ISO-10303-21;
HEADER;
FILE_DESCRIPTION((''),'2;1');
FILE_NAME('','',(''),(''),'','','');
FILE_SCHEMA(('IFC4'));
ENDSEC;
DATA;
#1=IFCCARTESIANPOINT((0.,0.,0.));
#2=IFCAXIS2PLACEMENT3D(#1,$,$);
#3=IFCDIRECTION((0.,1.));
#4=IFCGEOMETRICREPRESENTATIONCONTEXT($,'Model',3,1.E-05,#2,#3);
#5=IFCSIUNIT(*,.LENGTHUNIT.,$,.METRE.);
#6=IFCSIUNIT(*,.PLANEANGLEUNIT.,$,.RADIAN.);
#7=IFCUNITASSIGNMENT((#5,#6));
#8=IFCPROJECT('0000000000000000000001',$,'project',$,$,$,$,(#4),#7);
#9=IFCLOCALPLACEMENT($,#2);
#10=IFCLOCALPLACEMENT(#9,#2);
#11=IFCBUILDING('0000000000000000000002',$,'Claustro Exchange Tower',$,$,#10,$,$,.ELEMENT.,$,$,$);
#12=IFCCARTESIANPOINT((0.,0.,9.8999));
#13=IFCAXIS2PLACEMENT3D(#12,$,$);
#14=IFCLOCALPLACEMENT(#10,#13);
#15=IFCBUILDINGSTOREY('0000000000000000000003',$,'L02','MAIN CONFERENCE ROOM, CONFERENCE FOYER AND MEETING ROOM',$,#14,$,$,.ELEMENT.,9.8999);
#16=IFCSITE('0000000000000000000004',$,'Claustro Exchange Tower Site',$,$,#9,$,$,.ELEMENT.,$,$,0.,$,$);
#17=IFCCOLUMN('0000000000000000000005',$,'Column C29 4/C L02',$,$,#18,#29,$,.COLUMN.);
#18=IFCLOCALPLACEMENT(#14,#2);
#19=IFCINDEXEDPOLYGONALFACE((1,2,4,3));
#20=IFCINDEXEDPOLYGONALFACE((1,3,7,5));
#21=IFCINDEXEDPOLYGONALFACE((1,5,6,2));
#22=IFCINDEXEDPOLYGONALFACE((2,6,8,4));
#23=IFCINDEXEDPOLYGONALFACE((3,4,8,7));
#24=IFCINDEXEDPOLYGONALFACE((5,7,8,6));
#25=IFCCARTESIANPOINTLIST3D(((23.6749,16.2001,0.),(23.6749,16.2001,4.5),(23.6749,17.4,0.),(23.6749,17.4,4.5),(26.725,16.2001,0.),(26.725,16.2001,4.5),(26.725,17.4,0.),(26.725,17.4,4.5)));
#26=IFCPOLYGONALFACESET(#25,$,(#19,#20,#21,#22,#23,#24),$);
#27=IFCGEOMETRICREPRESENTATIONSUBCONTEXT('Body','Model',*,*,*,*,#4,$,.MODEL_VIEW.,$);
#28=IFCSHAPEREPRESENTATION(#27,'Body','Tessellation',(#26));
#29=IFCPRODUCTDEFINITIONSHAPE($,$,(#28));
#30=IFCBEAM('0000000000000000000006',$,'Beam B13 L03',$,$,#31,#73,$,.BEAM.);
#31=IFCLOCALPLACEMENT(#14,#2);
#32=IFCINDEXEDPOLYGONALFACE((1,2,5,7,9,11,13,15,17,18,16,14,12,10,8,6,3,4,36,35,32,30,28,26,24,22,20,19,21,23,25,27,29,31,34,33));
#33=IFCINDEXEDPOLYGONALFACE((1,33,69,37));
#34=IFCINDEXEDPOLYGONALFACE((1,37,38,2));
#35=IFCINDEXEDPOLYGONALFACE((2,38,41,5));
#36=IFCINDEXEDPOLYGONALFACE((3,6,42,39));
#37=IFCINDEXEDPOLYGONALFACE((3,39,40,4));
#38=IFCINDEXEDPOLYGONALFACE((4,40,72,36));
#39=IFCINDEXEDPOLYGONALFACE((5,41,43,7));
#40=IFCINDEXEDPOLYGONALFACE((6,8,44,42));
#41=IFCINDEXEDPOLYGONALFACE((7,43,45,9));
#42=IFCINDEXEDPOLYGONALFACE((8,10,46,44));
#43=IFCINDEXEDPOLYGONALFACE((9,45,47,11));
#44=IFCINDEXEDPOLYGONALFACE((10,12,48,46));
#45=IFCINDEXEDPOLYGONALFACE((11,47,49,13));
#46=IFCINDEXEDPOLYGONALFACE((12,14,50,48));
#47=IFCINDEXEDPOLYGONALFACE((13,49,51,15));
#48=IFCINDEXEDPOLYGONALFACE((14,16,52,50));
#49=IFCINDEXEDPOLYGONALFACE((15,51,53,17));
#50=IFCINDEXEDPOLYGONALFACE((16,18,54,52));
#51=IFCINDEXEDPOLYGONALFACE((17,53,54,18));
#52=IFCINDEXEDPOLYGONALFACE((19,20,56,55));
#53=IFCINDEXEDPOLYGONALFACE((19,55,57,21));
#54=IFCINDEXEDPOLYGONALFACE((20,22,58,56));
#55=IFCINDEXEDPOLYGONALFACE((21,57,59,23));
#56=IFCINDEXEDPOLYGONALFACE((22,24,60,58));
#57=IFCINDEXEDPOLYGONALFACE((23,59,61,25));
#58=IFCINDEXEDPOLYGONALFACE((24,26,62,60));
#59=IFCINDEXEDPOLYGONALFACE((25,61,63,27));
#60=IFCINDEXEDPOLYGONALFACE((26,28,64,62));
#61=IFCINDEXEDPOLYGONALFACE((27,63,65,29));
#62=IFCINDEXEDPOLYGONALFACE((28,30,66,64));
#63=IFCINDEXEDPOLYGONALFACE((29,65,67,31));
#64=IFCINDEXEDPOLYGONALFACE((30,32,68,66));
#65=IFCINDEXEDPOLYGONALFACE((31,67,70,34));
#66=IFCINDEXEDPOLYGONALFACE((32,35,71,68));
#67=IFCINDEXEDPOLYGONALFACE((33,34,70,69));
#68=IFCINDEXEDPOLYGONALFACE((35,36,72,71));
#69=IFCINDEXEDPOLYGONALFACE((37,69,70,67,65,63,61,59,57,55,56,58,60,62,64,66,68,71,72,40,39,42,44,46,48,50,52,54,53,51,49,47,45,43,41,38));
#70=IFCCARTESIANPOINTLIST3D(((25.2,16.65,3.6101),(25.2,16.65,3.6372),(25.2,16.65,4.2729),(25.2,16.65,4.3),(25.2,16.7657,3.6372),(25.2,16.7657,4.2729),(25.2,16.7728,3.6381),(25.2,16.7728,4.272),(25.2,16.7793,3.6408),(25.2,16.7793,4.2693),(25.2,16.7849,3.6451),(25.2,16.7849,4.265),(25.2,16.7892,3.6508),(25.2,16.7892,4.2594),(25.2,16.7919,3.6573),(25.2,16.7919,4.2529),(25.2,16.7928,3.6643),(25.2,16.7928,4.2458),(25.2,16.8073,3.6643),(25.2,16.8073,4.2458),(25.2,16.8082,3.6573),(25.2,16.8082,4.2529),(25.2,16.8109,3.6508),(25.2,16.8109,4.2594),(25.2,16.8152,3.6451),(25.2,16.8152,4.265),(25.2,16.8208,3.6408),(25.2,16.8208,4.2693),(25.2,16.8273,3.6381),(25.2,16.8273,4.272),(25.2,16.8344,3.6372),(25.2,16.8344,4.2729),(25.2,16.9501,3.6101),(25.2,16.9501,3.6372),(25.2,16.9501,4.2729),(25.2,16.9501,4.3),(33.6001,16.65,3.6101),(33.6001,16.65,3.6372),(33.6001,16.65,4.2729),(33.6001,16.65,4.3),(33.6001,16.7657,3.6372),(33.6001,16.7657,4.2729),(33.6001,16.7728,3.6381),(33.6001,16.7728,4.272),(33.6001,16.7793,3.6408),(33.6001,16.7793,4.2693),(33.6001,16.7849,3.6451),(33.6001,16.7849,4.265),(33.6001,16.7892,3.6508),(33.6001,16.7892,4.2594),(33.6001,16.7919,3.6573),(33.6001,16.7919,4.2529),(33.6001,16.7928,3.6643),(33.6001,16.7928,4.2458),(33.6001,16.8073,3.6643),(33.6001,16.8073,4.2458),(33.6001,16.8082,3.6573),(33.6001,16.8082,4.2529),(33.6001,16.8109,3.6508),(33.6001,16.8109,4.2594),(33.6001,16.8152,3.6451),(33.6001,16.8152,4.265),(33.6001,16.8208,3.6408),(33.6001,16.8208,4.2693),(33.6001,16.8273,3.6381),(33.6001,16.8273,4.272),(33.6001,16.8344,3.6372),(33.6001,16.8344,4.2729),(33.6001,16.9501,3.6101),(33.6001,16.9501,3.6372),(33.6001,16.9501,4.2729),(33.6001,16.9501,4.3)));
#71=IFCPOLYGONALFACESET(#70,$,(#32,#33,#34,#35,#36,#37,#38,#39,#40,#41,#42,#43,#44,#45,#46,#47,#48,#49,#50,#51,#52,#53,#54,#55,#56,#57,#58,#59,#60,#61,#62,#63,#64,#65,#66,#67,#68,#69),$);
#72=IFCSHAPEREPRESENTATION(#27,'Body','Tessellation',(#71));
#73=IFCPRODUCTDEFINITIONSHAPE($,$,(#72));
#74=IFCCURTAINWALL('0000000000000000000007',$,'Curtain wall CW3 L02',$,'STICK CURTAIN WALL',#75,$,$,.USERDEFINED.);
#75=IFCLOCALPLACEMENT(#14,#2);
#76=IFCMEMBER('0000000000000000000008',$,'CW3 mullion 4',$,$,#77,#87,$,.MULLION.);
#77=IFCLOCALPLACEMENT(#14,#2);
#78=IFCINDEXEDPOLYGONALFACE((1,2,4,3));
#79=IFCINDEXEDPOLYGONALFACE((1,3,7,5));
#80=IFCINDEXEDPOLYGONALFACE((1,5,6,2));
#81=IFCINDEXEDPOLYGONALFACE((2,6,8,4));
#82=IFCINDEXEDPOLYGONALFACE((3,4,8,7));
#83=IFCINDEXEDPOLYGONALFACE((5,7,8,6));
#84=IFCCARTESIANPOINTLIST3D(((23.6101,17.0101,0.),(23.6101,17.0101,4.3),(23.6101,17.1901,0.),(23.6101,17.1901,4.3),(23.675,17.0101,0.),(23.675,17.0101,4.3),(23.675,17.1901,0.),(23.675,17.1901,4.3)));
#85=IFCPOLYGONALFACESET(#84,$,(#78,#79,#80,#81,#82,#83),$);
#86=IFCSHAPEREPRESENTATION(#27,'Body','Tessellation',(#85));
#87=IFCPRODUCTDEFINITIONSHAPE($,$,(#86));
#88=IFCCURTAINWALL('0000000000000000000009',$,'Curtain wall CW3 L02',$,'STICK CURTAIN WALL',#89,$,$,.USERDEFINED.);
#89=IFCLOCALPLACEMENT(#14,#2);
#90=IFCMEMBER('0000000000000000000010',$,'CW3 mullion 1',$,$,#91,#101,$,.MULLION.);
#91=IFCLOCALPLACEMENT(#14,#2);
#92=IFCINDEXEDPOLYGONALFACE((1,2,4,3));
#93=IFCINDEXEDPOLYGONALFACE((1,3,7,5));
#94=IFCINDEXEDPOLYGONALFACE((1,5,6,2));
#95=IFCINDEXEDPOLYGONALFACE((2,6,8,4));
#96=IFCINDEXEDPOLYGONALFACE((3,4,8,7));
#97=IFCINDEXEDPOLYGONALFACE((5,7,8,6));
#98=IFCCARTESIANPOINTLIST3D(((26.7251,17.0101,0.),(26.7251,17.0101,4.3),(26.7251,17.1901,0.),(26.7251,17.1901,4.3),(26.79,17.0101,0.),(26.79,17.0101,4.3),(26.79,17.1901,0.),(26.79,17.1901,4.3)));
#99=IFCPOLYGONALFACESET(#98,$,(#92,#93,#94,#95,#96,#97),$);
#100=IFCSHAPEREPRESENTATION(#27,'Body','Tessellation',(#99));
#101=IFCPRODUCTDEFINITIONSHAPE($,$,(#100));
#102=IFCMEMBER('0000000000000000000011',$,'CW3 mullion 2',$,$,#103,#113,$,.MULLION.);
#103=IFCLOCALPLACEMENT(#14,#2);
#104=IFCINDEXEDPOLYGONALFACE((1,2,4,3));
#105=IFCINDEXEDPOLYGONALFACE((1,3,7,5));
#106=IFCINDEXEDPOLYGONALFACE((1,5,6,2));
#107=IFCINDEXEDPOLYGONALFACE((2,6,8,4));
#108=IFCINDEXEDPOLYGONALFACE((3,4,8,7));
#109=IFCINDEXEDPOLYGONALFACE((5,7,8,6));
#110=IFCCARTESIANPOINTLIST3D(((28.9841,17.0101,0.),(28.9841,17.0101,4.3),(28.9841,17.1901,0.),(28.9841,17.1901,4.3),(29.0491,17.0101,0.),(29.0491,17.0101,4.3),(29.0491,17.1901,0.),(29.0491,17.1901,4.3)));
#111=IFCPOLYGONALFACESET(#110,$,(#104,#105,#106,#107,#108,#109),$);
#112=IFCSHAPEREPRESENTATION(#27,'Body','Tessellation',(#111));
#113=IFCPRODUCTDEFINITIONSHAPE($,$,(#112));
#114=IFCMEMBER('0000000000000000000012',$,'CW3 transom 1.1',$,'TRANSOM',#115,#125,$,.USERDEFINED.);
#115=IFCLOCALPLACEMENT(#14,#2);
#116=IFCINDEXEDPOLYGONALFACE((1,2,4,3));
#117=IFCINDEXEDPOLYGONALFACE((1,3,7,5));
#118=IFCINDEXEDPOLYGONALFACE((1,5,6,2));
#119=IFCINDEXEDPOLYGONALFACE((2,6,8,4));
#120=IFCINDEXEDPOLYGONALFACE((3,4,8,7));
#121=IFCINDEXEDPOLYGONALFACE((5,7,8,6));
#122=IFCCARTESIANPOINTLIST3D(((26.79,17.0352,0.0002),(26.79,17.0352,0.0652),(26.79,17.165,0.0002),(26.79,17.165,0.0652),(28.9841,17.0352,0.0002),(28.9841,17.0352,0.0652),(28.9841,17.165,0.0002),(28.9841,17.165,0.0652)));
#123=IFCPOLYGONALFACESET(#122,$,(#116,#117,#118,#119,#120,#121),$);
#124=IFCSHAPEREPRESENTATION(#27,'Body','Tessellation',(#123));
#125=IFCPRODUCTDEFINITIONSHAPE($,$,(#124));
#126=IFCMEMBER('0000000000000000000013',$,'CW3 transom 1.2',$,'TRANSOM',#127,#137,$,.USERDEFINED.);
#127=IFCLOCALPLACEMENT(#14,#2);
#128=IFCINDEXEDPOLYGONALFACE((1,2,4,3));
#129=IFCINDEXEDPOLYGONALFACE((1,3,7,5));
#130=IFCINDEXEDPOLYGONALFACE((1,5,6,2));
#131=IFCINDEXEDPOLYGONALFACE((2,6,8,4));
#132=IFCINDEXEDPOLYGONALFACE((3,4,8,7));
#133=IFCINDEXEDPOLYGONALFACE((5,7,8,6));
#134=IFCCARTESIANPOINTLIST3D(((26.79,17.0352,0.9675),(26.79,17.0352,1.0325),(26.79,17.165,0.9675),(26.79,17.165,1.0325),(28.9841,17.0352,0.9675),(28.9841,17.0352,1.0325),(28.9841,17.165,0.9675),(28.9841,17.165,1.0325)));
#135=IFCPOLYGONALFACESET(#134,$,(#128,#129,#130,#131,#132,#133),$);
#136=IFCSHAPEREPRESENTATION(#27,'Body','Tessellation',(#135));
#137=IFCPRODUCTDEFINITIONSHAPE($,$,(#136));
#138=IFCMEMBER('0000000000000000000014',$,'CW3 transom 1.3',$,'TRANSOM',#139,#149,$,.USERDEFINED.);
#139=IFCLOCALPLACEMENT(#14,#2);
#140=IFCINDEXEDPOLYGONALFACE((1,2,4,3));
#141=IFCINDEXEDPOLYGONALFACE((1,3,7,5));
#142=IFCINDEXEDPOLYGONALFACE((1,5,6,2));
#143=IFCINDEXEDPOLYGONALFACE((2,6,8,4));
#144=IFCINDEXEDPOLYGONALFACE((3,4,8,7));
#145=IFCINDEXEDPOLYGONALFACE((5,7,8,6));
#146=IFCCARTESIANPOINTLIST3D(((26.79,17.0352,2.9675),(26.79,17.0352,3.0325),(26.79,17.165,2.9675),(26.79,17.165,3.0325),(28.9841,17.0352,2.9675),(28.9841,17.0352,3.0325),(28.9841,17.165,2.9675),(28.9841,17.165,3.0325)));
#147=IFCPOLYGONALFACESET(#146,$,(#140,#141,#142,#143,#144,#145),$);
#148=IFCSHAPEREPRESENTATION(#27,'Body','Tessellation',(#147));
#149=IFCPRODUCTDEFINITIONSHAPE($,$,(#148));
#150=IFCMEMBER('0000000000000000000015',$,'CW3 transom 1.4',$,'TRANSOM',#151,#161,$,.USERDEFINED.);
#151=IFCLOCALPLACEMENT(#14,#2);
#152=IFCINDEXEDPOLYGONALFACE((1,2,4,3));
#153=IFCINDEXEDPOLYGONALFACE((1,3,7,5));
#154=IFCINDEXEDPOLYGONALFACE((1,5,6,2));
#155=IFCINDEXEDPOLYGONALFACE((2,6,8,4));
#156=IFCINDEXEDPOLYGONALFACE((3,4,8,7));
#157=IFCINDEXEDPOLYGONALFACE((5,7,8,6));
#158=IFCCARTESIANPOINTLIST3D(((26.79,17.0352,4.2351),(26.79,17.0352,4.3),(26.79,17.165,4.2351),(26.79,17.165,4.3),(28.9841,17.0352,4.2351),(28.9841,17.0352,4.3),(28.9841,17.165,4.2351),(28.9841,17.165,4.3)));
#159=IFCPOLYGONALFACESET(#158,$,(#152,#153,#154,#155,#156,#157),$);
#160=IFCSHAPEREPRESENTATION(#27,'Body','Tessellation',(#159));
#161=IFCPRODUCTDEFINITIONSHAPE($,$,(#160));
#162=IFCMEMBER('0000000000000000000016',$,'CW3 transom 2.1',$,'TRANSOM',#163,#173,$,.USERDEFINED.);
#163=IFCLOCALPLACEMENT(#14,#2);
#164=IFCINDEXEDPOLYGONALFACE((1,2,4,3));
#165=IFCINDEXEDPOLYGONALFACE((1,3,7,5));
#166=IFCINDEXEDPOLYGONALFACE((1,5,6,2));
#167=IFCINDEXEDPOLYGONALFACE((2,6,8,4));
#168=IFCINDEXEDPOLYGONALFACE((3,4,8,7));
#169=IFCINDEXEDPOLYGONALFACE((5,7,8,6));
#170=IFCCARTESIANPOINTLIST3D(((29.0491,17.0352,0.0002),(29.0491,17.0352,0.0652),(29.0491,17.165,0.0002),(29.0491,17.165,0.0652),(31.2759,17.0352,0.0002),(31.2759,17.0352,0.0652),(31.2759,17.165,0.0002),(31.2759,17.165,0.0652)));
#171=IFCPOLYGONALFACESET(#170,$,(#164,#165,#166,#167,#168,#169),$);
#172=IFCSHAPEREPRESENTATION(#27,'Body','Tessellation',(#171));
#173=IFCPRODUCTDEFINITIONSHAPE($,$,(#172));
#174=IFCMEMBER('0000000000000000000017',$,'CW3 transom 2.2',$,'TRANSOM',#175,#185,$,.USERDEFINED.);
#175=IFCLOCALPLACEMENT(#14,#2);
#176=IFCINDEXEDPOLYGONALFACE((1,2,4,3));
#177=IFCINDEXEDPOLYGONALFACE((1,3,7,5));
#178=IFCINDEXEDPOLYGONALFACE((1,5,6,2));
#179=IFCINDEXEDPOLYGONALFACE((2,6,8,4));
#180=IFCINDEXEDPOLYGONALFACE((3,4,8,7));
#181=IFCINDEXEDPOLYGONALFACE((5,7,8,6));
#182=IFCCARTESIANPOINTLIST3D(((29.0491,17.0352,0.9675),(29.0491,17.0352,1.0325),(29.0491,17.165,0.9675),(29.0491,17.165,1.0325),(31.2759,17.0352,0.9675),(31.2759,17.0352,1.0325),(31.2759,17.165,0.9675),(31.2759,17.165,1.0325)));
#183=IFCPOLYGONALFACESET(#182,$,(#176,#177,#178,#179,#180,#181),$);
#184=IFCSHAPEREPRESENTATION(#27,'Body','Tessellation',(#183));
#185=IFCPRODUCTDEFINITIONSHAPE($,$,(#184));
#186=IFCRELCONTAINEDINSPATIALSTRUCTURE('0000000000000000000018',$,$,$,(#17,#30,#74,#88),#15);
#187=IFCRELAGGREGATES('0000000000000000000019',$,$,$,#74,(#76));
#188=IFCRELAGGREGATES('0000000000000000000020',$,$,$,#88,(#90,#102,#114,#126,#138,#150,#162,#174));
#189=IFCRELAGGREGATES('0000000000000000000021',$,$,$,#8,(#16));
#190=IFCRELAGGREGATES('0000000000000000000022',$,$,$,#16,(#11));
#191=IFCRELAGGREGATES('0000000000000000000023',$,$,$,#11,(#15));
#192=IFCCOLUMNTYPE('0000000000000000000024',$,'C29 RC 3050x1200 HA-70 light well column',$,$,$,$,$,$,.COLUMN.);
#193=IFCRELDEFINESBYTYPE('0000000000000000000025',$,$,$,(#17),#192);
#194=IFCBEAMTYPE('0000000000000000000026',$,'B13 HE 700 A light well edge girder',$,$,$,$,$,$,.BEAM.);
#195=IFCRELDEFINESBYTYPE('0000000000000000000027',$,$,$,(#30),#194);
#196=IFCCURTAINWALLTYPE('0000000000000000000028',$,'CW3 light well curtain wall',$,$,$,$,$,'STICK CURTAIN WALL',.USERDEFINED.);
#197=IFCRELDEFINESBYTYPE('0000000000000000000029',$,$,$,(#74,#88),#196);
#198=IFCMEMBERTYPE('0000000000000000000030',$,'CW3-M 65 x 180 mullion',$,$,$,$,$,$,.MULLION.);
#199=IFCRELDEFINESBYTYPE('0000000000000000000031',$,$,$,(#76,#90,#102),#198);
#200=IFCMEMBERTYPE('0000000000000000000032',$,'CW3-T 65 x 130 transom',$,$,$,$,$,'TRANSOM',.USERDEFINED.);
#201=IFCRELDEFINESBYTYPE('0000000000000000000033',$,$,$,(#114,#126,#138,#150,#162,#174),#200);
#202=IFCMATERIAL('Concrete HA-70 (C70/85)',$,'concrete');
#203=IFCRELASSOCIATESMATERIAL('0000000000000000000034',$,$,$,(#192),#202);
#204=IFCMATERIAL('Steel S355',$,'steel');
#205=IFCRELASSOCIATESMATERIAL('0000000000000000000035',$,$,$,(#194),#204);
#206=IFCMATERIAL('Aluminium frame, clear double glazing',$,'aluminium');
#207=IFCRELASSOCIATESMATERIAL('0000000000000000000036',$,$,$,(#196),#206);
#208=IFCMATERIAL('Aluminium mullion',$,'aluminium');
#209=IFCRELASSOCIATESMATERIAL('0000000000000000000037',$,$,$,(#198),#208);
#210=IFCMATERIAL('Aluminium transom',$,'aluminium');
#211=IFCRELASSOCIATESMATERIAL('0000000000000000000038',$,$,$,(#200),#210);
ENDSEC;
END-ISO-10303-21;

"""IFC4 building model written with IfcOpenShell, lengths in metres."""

from ifc_helpers import new_model, si_unit, direction, frame, origin, origin_2d, place, context, subcontext, project, spatial, rectangle, i_section, extrude, material, material_profile, profile_set, type_object, element, aggregate, save


model = new_model("IFC4")

# Units and contexts
model_context = context("Model", 3, precision=1e-05, world=origin(), true_north=direction((0.0, 1.0)))
body_context = subcontext(model_context, "Body", "Model", "MODEL_VIEW")
ifc_project = project(units=[si_unit("LENGTHUNIT", "METRE"), si_unit("PLANEANGLEUNIT", "RADIAN")], contexts=[model_context])

# Site, building, storey
site_placement = place(None, origin())
site = spatial("IfcSite", under=ifc_project, at=site_placement, Name="Claustro Exchange Tower Site", CompositionType="ELEMENT", RefElevation=0.0)
building_placement = place(site_placement, origin())
building = spatial("IfcBuilding", under=site, at=building_placement, Name="Claustro Exchange Tower", CompositionType="ELEMENT")
storey_placement = place(building_placement, frame((0.0, 0.0, 9.8999)))
storey = spatial("IfcBuildingStorey", under=building, at=storey_placement, Name="L02", Description="MAIN CONFERENCE ROOM, CONFERENCE FOYER AND MEETING ROOM", CompositionType="ELEMENT", Elevation=9.8999)

# Column
ifc_material_1 = material(Name="Concrete HA-70 (C70/85)", Category="concrete")
ifc_material_profile_1 = material_profile(ifc_material_1, rectangle(XDim=3.05, YDim=1.2, at=origin_2d()), Name="RC 3050x1200")
ifc_profile_set_1 = profile_set([ifc_material_profile_1], Name="Concrete HA-70 (C70/85)")
column_type = type_object("IfcColumnType", Name="C29 RC 3050x1200 HA-70 light well column", PredefinedType="COLUMN", material=ifc_profile_set_1)
column_placement = place(storey_placement, frame((25.2, 16.8, 0.0), z_axis=(0.0, 0.0, 1.0), x_axis=(1.0, 0.0, 0.0)))
element("IfcColumn", 1, at=column_placement, inside=storey, type_object=column_type, Name="Column C29 4/C L02", PredefinedType="COLUMN", context=body_context, shape_type="SweptSolid", body=[
    extrude(rectangle(XDim=3.05, YDim=1.2, at=origin_2d()), origin(), (0.0, 0.0, 1.0), 4.5),
])

# Beam
ifc_material_2 = material(Name="Steel S355", Category="steel")
ifc_material_profile_2 = material_profile(ifc_material_2, i_section(OverallWidth=0.3, OverallDepth=0.6899, WebThickness=0.0144, FlangeThickness=0.0271, FilletRadius=0.0271, at=origin_2d()), Name="HE 700 A")
ifc_profile_set_2 = profile_set([ifc_material_profile_2], Name="Steel S355")
beam_type = type_object("IfcBeamType", Name="B13 HE 700 A light well edge girder", PredefinedType="BEAM", material=ifc_profile_set_2)
beam_placement = place(storey_placement, frame((25.2, 16.8, 3.9551), z_axis=(1.0, 0.0, 0.0), x_axis=(0.0, 1.0, 0.0)))
element("IfcBeam", 2, at=beam_placement, inside=storey, type_object=beam_type, Name="Beam B13 L03", PredefinedType="BEAM", context=body_context, shape_type="SweptSolid", body=[
    extrude(i_section(OverallWidth=0.3, OverallDepth=0.6899, WebThickness=0.0144, FlangeThickness=0.0271, FilletRadius=0.0271, at=origin_2d()), origin(), (0.0, 0.0, 1.0), 8.4001),
])

# Curtain wall, member
ifc_material_3 = material(Name="Aluminium frame, clear double glazing", Category="aluminium")
curtain_wall_type = type_object("IfcCurtainWallType", Name="CW3 light well curtain wall", ElementType="STICK CURTAIN WALL", PredefinedType="USERDEFINED", material=ifc_material_3)
curtain_wall_1_placement = place(storey_placement, origin())
curtain_wall_1 = element("IfcCurtainWall", 3, at=curtain_wall_1_placement, inside=storey, type_object=curtain_wall_type, Name="Curtain wall CW3 L02", ObjectType="STICK CURTAIN WALL", PredefinedType="USERDEFINED")
ifc_material_4 = material(Name="Aluminium mullion", Category="aluminium")
ifc_material_profile_3 = material_profile(ifc_material_4, rectangle(XDim=0.1799, YDim=0.0649, at=origin_2d()), Name="CW3-M 65x180")
ifc_profile_set_3 = profile_set([ifc_material_profile_3], Name="Aluminium mullion")
member_type_1 = type_object("IfcMemberType", Name="CW3-M 65 x 180 mullion", PredefinedType="MULLION", material=ifc_profile_set_3)
member_1_placement = place(storey_placement, frame((23.6426, 17.1001, 0.0), z_axis=(0.0, 0.0, 1.0), x_axis=(0.0, 1.0, 0.0)))
member_1 = element("IfcMember", 4, at=member_1_placement, type_object=member_type_1, Name="CW3 mullion 4", PredefinedType="MULLION", context=body_context, shape_type="SweptSolid", body=[
    extrude(rectangle(XDim=0.1799, YDim=0.0649, at=origin_2d()), origin(), (0.0, 0.0, 1.0), 4.3),
])

# Curtain wall, members
curtain_wall_2_placement = place(storey_placement, origin())
curtain_wall_2 = element("IfcCurtainWall", 5, at=curtain_wall_2_placement, inside=storey, type_object=curtain_wall_type, Name="Curtain wall CW3 L02", ObjectType="STICK CURTAIN WALL", PredefinedType="USERDEFINED")
member_2_placement = place(storey_placement, frame((26.7576, 17.1001, 0.0), z_axis=(0.0, 0.0, 1.0), x_axis=(0.0, 1.0, 0.0)))
member_2 = element("IfcMember", 6, at=member_2_placement, type_object=member_type_1, Name="CW3 mullion 1", PredefinedType="MULLION", context=body_context, shape_type="SweptSolid", body=[
    extrude(rectangle(XDim=0.1799, YDim=0.0649, at=origin_2d()), origin(), (0.0, 0.0, 1.0), 4.3),
])
member_3_placement = place(storey_placement, frame((29.0166, 17.1001, 0.0), z_axis=(0.0, 0.0, 1.0), x_axis=(0.0, 1.0, 0.0)))
member_3 = element("IfcMember", 7, at=member_3_placement, type_object=member_type_1, Name="CW3 mullion 2", PredefinedType="MULLION", context=body_context, shape_type="SweptSolid", body=[
    extrude(rectangle(XDim=0.1799, YDim=0.0649, at=origin_2d()), origin(), (0.0, 0.0, 1.0), 4.3),
])
ifc_material_5 = material(Name="Aluminium transom", Category="aluminium")
ifc_material_profile_4 = material_profile(ifc_material_5, rectangle(XDim=0.1299, YDim=0.0649, at=origin_2d()), Name="CW3-T 65x130")
ifc_profile_set_4 = profile_set([ifc_material_profile_4], Name="Aluminium transom")
member_type_2 = type_object("IfcMemberType", Name="CW3-T 65 x 130 transom", ElementType="TRANSOM", PredefinedType="USERDEFINED", material=ifc_profile_set_4)
member_4_placement = place(storey_placement, frame((26.79, 17.1001, 0.0327), z_axis=(1.0, 0.0, 0.0), x_axis=(0.0, 1.0, 0.0)))
member_4 = element("IfcMember", 8, at=member_4_placement, type_object=member_type_2, Name="CW3 transom 1.1", ObjectType="TRANSOM", PredefinedType="USERDEFINED", context=body_context, shape_type="SweptSolid", body=[
    extrude(rectangle(XDim=0.1299, YDim=0.0649, at=origin_2d()), origin(), (0.0, 0.0, 1.0), 2.1941),
])
member_5_placement = place(storey_placement, frame((26.79, 17.1001, 1.0), z_axis=(1.0, 0.0, 0.0), x_axis=(0.0, 1.0, 0.0)))
member_5 = element("IfcMember", 9, at=member_5_placement, type_object=member_type_2, Name="CW3 transom 1.2", ObjectType="TRANSOM", PredefinedType="USERDEFINED", context=body_context, shape_type="SweptSolid", body=[
    extrude(rectangle(XDim=0.1299, YDim=0.0649, at=origin_2d()), origin(), (0.0, 0.0, 1.0), 2.1941),
])
member_6_placement = place(storey_placement, frame((26.79, 17.1001, 3.0), z_axis=(1.0, 0.0, 0.0), x_axis=(0.0, 1.0, 0.0)))
member_6 = element("IfcMember", 10, at=member_6_placement, type_object=member_type_2, Name="CW3 transom 1.3", ObjectType="TRANSOM", PredefinedType="USERDEFINED", context=body_context, shape_type="SweptSolid", body=[
    extrude(rectangle(XDim=0.1299, YDim=0.0649, at=origin_2d()), origin(), (0.0, 0.0, 1.0), 2.1941),
])
member_7_placement = place(storey_placement, frame((26.79, 17.1001, 4.2676), z_axis=(1.0, 0.0, 0.0), x_axis=(0.0, 1.0, 0.0)))
member_7 = element("IfcMember", 11, at=member_7_placement, type_object=member_type_2, Name="CW3 transom 1.4", ObjectType="TRANSOM", PredefinedType="USERDEFINED", context=body_context, shape_type="SweptSolid", body=[
    extrude(rectangle(XDim=0.1299, YDim=0.0649, at=origin_2d()), origin(), (0.0, 0.0, 1.0), 2.1941),
])
member_8_placement = place(storey_placement, frame((29.0491, 17.1001, 0.0327), z_axis=(1.0, 0.0, 0.0), x_axis=(0.0, 1.0, 0.0)))
member_8 = element("IfcMember", 12, at=member_8_placement, type_object=member_type_2, Name="CW3 transom 2.1", ObjectType="TRANSOM", PredefinedType="USERDEFINED", context=body_context, shape_type="SweptSolid", body=[
    extrude(rectangle(XDim=0.1299, YDim=0.0649, at=origin_2d()), origin(), (0.0, 0.0, 1.0), 2.2268),
])
member_9_placement = place(storey_placement, frame((29.0491, 17.1001, 1.0), z_axis=(1.0, 0.0, 0.0), x_axis=(0.0, 1.0, 0.0)))
member_9 = element("IfcMember", 13, at=member_9_placement, type_object=member_type_2, Name="CW3 transom 2.2", ObjectType="TRANSOM", PredefinedType="USERDEFINED", context=body_context, shape_type="SweptSolid", body=[
    extrude(rectangle(XDim=0.1299, YDim=0.0649, at=origin_2d()), origin(), (0.0, 0.0, 1.0), 2.2268),
])

aggregate(curtain_wall_1, [member_1])
aggregate(curtain_wall_2, [member_2, member_3, member_4, member_5, member_6, member_7, member_8, member_9])

save(model, "model.ifc")
